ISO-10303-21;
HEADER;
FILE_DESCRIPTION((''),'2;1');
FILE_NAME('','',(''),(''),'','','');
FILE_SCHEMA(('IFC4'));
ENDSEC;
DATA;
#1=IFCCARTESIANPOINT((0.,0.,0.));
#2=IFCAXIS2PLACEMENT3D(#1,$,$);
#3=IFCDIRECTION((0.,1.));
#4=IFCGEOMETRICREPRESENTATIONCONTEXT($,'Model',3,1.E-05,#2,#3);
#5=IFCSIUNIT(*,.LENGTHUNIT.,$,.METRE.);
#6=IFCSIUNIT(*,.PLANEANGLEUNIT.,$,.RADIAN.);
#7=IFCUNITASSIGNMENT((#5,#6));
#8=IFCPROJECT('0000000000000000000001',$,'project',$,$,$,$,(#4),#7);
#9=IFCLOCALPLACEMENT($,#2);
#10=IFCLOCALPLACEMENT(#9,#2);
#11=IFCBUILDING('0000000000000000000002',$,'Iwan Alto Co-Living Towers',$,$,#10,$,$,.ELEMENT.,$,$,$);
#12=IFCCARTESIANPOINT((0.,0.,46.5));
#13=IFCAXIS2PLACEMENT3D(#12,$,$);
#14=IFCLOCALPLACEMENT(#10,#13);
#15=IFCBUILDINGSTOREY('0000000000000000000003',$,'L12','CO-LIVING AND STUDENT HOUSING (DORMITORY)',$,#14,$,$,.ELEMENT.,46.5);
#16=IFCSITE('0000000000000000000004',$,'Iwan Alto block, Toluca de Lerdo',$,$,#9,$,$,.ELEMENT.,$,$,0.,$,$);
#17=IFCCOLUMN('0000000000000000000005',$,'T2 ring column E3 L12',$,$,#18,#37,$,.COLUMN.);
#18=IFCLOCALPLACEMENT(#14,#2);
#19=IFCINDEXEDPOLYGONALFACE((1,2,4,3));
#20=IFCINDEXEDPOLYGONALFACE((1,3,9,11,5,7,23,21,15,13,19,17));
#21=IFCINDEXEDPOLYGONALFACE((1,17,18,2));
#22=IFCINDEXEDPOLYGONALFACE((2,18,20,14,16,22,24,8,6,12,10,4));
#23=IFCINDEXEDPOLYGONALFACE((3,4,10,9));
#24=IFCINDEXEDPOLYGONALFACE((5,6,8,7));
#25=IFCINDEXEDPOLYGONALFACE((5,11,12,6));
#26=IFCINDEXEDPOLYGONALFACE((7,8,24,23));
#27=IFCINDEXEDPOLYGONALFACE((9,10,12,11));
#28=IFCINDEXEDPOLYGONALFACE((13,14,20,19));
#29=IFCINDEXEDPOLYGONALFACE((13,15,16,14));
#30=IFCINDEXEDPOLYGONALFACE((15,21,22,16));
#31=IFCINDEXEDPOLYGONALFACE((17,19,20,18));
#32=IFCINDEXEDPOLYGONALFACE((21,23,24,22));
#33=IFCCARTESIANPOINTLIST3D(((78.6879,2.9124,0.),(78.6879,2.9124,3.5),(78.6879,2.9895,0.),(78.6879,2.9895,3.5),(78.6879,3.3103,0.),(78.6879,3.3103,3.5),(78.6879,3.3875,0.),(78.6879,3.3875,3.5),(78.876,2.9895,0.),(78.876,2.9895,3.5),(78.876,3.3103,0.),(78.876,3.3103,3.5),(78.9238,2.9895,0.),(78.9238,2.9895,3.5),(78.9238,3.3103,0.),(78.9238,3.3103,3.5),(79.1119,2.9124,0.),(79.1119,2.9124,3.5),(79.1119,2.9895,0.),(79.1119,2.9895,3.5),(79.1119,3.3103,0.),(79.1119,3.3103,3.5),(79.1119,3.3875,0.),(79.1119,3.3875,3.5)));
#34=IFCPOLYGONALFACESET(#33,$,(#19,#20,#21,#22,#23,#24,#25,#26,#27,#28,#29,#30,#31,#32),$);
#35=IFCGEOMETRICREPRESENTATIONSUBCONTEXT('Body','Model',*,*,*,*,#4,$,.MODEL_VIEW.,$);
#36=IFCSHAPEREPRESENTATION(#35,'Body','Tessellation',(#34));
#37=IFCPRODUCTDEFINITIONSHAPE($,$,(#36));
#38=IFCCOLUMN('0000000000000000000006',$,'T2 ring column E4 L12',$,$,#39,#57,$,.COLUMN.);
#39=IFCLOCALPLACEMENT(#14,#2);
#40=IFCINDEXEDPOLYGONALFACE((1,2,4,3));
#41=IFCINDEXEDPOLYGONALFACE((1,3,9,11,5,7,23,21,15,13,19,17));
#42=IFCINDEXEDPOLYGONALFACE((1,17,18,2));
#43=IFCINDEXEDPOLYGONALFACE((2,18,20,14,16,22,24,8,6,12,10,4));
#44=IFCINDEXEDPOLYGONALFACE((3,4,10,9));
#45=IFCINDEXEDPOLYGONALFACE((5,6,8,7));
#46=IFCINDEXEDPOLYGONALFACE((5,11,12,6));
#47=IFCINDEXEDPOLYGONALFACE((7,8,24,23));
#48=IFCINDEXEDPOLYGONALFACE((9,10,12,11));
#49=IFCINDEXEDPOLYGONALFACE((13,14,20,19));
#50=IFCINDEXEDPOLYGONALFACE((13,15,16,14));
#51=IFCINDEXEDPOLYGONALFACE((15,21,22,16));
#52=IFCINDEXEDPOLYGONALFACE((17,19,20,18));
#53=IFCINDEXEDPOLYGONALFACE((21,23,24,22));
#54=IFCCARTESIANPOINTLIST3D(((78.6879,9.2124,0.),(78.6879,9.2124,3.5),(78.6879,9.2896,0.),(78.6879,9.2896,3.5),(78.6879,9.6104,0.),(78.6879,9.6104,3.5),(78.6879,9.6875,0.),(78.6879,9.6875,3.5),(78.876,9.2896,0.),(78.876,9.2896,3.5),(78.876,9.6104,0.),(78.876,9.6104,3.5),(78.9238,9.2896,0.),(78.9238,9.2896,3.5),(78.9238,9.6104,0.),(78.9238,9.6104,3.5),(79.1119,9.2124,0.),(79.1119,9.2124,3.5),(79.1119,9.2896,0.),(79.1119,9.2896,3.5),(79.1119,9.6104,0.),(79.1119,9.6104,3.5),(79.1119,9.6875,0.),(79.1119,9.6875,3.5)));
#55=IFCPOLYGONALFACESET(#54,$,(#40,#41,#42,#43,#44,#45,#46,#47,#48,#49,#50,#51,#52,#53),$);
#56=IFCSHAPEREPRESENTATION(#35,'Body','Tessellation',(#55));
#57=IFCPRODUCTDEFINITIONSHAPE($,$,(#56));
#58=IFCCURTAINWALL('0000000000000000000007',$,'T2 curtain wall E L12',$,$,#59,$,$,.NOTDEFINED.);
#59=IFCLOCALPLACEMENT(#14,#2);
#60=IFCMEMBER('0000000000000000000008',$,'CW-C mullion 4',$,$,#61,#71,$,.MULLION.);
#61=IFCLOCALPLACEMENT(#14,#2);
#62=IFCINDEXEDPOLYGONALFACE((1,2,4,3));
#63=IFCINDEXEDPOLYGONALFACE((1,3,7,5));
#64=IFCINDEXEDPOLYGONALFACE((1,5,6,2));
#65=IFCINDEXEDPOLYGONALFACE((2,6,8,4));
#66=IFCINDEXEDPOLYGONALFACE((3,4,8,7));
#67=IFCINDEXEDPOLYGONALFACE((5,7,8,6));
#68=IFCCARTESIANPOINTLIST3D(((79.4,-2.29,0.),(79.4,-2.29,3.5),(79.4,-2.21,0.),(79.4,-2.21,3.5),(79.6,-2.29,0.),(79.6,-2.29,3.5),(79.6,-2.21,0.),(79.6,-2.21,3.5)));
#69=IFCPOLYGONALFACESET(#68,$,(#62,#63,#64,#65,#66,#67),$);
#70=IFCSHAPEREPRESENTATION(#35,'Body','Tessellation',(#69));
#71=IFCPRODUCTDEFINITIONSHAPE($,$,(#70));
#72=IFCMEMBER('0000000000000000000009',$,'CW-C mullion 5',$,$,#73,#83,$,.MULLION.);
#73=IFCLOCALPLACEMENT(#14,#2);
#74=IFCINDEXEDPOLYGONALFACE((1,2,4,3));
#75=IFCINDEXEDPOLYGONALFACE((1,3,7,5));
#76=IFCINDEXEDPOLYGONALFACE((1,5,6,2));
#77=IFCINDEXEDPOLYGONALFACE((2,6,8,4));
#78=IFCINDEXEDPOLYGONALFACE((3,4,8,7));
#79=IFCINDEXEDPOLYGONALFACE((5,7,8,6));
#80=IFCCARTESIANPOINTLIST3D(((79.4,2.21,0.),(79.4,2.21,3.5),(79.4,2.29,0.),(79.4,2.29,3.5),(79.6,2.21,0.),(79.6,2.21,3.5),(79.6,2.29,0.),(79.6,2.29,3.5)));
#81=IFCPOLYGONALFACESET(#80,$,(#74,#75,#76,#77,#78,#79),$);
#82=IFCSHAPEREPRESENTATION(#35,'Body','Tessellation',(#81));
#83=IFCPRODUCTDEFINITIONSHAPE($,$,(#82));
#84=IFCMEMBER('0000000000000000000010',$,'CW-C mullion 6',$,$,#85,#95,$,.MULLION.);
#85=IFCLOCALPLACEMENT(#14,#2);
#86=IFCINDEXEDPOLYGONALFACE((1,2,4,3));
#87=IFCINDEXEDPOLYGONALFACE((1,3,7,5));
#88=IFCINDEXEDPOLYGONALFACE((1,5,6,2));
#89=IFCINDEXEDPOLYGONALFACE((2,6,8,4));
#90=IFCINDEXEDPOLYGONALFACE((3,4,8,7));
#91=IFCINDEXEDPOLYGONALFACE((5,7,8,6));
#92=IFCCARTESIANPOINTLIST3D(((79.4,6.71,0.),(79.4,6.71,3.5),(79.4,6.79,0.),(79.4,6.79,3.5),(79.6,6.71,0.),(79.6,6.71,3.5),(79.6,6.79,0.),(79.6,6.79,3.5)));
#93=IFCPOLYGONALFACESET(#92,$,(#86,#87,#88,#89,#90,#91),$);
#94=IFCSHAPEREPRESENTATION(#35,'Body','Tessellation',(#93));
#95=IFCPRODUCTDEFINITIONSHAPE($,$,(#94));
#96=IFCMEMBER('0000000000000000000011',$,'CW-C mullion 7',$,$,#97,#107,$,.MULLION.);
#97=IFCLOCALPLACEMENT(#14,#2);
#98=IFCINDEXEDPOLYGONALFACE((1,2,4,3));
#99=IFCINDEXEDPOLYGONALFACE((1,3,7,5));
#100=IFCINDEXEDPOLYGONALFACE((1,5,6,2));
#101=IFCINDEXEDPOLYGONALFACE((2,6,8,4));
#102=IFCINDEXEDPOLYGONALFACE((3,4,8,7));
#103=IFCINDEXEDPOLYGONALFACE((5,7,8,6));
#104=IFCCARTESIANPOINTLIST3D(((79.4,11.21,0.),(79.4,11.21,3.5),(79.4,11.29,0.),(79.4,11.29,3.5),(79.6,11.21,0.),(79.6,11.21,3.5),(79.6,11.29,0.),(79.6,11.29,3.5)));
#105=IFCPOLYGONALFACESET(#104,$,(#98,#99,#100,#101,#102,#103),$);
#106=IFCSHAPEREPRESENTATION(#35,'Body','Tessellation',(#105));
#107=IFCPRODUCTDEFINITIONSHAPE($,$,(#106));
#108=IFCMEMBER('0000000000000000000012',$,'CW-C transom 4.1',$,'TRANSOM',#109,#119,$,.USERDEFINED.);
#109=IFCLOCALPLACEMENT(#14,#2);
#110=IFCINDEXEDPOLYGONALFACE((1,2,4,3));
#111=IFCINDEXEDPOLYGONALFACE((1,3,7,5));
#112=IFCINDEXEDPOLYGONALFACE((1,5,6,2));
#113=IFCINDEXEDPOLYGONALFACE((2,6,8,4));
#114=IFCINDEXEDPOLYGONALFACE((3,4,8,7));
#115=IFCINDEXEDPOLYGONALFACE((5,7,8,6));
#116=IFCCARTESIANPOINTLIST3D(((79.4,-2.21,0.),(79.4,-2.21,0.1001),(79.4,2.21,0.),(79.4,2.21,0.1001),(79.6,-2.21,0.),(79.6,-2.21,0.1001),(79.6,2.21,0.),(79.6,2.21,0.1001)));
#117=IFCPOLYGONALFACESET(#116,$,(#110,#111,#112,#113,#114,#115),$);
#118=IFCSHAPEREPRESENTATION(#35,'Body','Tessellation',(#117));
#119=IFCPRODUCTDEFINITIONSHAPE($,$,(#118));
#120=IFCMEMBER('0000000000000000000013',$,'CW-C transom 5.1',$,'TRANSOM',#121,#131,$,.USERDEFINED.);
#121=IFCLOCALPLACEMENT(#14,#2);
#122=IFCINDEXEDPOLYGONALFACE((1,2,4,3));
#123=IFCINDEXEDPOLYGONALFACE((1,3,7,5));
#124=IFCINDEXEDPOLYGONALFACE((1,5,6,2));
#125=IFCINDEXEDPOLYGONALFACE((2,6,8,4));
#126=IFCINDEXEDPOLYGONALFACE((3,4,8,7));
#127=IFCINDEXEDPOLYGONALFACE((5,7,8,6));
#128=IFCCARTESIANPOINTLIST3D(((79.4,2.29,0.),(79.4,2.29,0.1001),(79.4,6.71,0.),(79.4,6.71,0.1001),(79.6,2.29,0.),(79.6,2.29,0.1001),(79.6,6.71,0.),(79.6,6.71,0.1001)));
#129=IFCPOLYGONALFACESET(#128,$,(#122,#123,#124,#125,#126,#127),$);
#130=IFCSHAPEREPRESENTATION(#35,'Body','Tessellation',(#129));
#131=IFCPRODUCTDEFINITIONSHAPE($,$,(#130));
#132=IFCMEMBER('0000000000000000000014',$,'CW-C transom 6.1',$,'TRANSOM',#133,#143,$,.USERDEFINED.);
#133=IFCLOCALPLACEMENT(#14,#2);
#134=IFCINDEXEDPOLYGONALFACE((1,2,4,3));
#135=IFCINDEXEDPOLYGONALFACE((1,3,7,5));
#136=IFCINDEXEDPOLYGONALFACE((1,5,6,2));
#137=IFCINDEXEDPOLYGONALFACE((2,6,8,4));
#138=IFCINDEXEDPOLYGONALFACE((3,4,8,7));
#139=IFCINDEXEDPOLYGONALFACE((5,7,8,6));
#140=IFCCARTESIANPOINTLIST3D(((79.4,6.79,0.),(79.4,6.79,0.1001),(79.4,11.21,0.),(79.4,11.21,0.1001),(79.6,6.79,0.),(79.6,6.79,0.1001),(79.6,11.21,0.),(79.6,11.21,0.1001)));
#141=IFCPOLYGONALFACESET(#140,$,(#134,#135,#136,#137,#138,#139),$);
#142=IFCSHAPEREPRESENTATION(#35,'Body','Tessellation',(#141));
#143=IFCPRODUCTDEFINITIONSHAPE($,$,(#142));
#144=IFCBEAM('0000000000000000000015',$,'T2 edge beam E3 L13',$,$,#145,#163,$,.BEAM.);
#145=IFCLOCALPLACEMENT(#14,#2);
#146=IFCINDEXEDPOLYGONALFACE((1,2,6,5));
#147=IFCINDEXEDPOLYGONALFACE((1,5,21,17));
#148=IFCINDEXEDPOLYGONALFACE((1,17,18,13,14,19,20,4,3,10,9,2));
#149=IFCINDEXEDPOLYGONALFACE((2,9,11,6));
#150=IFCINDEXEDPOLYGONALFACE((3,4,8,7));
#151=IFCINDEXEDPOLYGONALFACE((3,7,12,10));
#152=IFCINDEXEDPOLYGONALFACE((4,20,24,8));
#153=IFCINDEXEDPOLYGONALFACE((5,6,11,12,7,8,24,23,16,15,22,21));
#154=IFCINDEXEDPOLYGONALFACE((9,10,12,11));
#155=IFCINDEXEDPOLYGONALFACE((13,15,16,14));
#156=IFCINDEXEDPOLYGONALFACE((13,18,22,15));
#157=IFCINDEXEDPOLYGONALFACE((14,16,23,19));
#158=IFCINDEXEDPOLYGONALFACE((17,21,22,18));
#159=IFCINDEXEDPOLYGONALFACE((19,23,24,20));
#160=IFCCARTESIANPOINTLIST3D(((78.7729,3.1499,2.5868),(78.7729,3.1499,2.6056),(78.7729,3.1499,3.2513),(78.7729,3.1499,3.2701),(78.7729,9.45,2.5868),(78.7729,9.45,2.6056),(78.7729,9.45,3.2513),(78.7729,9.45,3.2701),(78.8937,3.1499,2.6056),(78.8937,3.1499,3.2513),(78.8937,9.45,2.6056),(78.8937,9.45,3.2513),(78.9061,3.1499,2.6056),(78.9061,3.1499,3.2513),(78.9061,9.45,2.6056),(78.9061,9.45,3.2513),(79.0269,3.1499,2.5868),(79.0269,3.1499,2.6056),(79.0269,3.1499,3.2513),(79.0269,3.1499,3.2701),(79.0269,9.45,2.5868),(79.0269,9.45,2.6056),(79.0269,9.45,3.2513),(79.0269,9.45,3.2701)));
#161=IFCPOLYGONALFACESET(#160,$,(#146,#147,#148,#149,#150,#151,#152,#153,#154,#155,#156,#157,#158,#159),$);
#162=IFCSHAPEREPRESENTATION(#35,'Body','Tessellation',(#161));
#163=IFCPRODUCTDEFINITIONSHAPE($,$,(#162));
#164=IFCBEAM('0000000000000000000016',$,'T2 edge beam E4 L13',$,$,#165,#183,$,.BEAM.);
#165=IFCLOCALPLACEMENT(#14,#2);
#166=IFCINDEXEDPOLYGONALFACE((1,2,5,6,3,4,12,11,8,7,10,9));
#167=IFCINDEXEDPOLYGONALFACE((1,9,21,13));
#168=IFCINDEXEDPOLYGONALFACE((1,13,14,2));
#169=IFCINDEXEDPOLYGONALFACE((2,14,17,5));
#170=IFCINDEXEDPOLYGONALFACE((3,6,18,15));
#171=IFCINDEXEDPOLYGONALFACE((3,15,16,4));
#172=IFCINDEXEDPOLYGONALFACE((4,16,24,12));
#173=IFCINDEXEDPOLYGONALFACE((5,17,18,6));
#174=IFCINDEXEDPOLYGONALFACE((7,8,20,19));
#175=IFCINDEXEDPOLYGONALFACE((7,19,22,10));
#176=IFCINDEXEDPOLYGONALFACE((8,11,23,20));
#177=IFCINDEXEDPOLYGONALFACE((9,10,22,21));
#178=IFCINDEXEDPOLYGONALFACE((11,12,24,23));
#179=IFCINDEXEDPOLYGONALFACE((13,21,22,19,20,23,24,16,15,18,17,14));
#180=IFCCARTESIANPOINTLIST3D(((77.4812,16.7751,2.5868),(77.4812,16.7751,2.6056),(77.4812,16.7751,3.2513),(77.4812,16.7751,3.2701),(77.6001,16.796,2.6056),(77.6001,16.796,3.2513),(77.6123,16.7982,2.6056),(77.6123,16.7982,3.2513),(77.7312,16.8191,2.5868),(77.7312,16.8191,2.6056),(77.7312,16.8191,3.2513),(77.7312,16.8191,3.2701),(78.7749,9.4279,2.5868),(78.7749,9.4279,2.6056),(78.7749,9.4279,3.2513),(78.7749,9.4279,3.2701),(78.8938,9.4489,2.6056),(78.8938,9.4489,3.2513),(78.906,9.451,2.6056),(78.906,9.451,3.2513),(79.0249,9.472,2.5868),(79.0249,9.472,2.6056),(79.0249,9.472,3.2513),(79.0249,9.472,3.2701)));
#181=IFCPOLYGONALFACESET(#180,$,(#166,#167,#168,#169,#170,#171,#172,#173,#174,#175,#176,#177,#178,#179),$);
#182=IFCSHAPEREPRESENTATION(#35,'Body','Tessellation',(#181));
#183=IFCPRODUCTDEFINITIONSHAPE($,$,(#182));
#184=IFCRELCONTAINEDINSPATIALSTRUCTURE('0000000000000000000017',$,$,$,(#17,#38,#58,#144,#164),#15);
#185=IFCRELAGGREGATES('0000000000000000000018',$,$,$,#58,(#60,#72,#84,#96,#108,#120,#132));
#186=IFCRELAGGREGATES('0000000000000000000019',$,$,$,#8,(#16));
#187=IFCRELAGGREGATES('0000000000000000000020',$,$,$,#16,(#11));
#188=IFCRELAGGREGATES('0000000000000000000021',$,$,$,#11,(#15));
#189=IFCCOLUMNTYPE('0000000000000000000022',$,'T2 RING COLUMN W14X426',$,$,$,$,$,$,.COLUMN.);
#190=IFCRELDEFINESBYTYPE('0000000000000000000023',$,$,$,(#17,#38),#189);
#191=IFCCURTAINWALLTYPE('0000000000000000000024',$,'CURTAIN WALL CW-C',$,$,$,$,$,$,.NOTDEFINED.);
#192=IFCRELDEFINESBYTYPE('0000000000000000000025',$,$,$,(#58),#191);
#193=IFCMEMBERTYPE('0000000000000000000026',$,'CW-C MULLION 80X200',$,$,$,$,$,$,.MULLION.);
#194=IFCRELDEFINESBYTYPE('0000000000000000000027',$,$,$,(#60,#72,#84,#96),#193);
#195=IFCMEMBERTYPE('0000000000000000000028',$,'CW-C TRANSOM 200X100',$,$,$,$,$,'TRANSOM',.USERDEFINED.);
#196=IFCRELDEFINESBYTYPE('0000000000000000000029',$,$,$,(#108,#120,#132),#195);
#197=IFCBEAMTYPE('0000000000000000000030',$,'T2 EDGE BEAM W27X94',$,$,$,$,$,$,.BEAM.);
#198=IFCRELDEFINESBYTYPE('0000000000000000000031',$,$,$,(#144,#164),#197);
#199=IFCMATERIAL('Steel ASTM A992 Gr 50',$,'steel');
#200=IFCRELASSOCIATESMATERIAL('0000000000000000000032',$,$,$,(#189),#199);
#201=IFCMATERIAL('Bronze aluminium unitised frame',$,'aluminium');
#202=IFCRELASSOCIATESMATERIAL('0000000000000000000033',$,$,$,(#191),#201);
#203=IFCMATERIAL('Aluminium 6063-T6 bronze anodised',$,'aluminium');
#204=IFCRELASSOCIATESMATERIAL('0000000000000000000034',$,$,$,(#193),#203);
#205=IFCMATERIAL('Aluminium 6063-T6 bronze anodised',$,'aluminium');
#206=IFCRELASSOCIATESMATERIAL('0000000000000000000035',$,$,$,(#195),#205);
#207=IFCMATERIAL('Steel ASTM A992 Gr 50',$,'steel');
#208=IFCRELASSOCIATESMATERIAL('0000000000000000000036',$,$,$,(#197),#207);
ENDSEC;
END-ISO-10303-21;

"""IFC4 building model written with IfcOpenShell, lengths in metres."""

from ifc_helpers import new_model, si_unit, direction, frame, origin, origin_2d, place, context, subcontext, project, spatial, rectangle, i_section, extrude, material, material_profile, profile_set, type_object, element, aggregate, save


model = new_model("IFC4")

# Units and contexts
model_context = context("Model", 3, precision=1e-05, world=origin(), true_north=direction((0.0, 1.0)))
body_context = subcontext(model_context, "Body", "Model", "MODEL_VIEW")
ifc_project = project(units=[si_unit("LENGTHUNIT", "METRE"), si_unit("PLANEANGLEUNIT", "RADIAN")], contexts=[model_context])

# Site, building, storey
site_placement = place(None, origin())
site = spatial("IfcSite", under=ifc_project, at=site_placement, Name="Iwan Alto block, Toluca de Lerdo", CompositionType="ELEMENT", RefElevation=0.0)
building_placement = place(site_placement, origin())
building = spatial("IfcBuilding", under=site, at=building_placement, Name="Iwan Alto Co-Living Towers", CompositionType="ELEMENT")
storey_placement = place(building_placement, frame((0.0, 0.0, 46.5)))
storey = spatial("IfcBuildingStorey", under=building, at=storey_placement, Name="L12", Description="CO-LIVING AND STUDENT HOUSING (DORMITORY)", CompositionType="ELEMENT", Elevation=46.5)

# Columns
ifc_material_1 = material(Name="Steel ASTM A992 Gr 50", Category="steel")
ifc_material_profile_1 = material_profile(ifc_material_1, i_section(OverallWidth=0.4241, OverallDepth=0.4751, WebThickness=0.0479, FlangeThickness=0.0771, at=origin_2d()), Name="W14X426")
ifc_profile_set_1 = profile_set([ifc_material_profile_1], Name="Steel ASTM A992 Gr 50")
column_type = type_object("IfcColumnType", Name="T2 RING COLUMN W14X426", PredefinedType="COLUMN", material=ifc_profile_set_1)
for number, where, z_axis, x_axis, name in (
    (1, (78.8999, 3.1499, 0.0), (0.0, 0.0, 1.0), (1.0, 0.0, 0.0), "T2 ring column E3 L12"),
    (2, (78.8999, 9.45, 0.0), (0.0, 0.0, 1.0), (1.0, 0.0, 0.0), "T2 ring column E4 L12"),
):
    element("IfcColumn", number, at=place(storey_placement, frame(where, z_axis=z_axis, x_axis=x_axis)), inside=storey, type_object=column_type, Name=name, PredefinedType="COLUMN", context=body_context, shape_type="SweptSolid", body=[
        extrude(i_section(OverallWidth=0.4241, OverallDepth=0.4751, WebThickness=0.0479, FlangeThickness=0.0771, at=origin_2d()), origin(), (0.0, 0.0, 1.0), 3.5),
    ])

# Curtain wall, members
ifc_material_2 = material(Name="Bronze aluminium unitised frame", Category="aluminium")
curtain_wall_type = type_object("IfcCurtainWallType", Name="CURTAIN WALL CW-C", PredefinedType="NOTDEFINED", material=ifc_material_2)
curtain_wall_placement = place(storey_placement, origin())
curtain_wall = element("IfcCurtainWall", 3, at=curtain_wall_placement, inside=storey, type_object=curtain_wall_type, Name="T2 curtain wall E L12", PredefinedType="NOTDEFINED")
ifc_material_3 = material(Name="Aluminium 6063-T6 bronze anodised", Category="aluminium")
ifc_material_profile_2 = material_profile(ifc_material_3, rectangle(XDim=0.2, YDim=0.0801, at=origin_2d()), Name="AL 80X200")
ifc_profile_set_2 = profile_set([ifc_material_profile_2], Name="Aluminium 6063-T6 bronze anodised")
member_type_1 = type_object("IfcMemberType", Name="CW-C MULLION 80X200", PredefinedType="MULLION", material=ifc_profile_set_2)
member_1_placement = place(storey_placement, frame((79.5, -2.25, 0.0), z_axis=(0.0, 0.0, 1.0), x_axis=(-1.0, 0.0, 0.0)))
member_1 = element("IfcMember", 4, at=member_1_placement, type_object=member_type_1, Name="CW-C mullion 4", PredefinedType="MULLION", context=body_context, shape_type="SweptSolid", body=[
    extrude(rectangle(XDim=0.2, YDim=0.0801, at=origin_2d()), origin(), (0.0, 0.0, 1.0), 3.5),
])
member_2_placement = place(storey_placement, frame((79.5, 2.25, 0.0), z_axis=(0.0, 0.0, 1.0), x_axis=(-1.0, 0.0, 0.0)))
member_2 = element("IfcMember", 5, at=member_2_placement, type_object=member_type_1, Name="CW-C mullion 5", PredefinedType="MULLION", context=body_context, shape_type="SweptSolid", body=[
    extrude(rectangle(XDim=0.2, YDim=0.0801, at=origin_2d()), origin(), (0.0, 0.0, 1.0), 3.5),
])
member_3_placement = place(storey_placement, frame((79.5, 6.75, 0.0), z_axis=(0.0, 0.0, 1.0), x_axis=(-1.0, 0.0, 0.0)))
member_3 = element("IfcMember", 6, at=member_3_placement, type_object=member_type_1, Name="CW-C mullion 6", PredefinedType="MULLION", context=body_context, shape_type="SweptSolid", body=[
    extrude(rectangle(XDim=0.2, YDim=0.0801, at=origin_2d()), origin(), (0.0, 0.0, 1.0), 3.5),
])
member_4_placement = place(storey_placement, frame((79.5, 11.25, 0.0), z_axis=(0.0, 0.0, 1.0), x_axis=(-1.0, 0.0, 0.0)))
member_4 = element("IfcMember", 7, at=member_4_placement, type_object=member_type_1, Name="CW-C mullion 7", PredefinedType="MULLION", context=body_context, shape_type="SweptSolid", body=[
    extrude(rectangle(XDim=0.2, YDim=0.0801, at=origin_2d()), origin(), (0.0, 0.0, 1.0), 3.5),
])
ifc_material_4 = material(Name="Aluminium 6063-T6 bronze anodised", Category="aluminium")
ifc_material_profile_3 = material_profile(ifc_material_4, rectangle(XDim=0.2, YDim=0.1001, at=origin_2d()), Name="AL 200X100")
ifc_profile_set_3 = profile_set([ifc_material_profile_3], Name="Aluminium 6063-T6 bronze anodised")
member_type_2 = type_object("IfcMemberType", Name="CW-C TRANSOM 200X100", ElementType="TRANSOM", PredefinedType="USERDEFINED", material=ifc_profile_set_3)
member_5_placement = place(storey_placement, frame((79.5, -2.21, 0.05), z_axis=(0.0, 1.0, 0.0), x_axis=(-1.0, 0.0, 0.0)))
member_5 = element("IfcMember", 8, at=member_5_placement, type_object=member_type_2, Name="CW-C transom 4.1", ObjectType="TRANSOM", PredefinedType="USERDEFINED", context=body_context, shape_type="SweptSolid", body=[
    extrude(rectangle(XDim=0.2, YDim=0.1001, at=origin_2d()), origin(), (0.0, 0.0, 1.0), 4.4199),
])
member_6_placement = place(storey_placement, frame((79.5, 2.29, 0.05), z_axis=(0.0, 1.0, 0.0), x_axis=(-1.0, 0.0, 0.0)))
member_6 = element("IfcMember", 9, at=member_6_placement, type_object=member_type_2, Name="CW-C transom 5.1", ObjectType="TRANSOM", PredefinedType="USERDEFINED", context=body_context, shape_type="SweptSolid", body=[
    extrude(rectangle(XDim=0.2, YDim=0.1001, at=origin_2d()), origin(), (0.0, 0.0, 1.0), 4.4199),
])
member_7_placement = place(storey_placement, frame((79.5, 6.79, 0.05), z_axis=(0.0, 1.0, 0.0), x_axis=(-1.0, 0.0, 0.0)))
member_7 = element("IfcMember", 10, at=member_7_placement, type_object=member_type_2, Name="CW-C transom 6.1", ObjectType="TRANSOM", PredefinedType="USERDEFINED", context=body_context, shape_type="SweptSolid", body=[
    extrude(rectangle(XDim=0.2, YDim=0.1001, at=origin_2d()), origin(), (0.0, 0.0, 1.0), 4.4199),
])

# Beams
ifc_material_5 = material(Name="Steel ASTM A992 Gr 50", Category="steel")
ifc_material_profile_4 = material_profile(ifc_material_5, i_section(OverallWidth=0.2539, OverallDepth=0.6833, WebThickness=0.0125, FlangeThickness=0.0188, at=origin_2d()), Name="W27X94")
ifc_profile_set_4 = profile_set([ifc_material_profile_4], Name="Steel ASTM A992 Gr 50")
beam_type_1 = type_object("IfcBeamType", Name="T2 EDGE BEAM W27X94", PredefinedType="BEAM", material=ifc_profile_set_4)
beam_1_placement = place(storey_placement, frame((78.8999, 3.1499, 2.9285), z_axis=(0.0, 1.0, 0.0), x_axis=(-1.0, 0.0, 0.0)))
element("IfcBeam", 11, at=beam_1_placement, inside=storey, type_object=beam_type_1, Name="T2 edge beam E3 L13", PredefinedType="BEAM", context=body_context, shape_type="SweptSolid", body=[
    extrude(i_section(OverallWidth=0.2539, OverallDepth=0.6833, WebThickness=0.0125, FlangeThickness=0.0188, at=origin_2d()), origin(), (0.0, 0.0, 1.0), 6.3),
])
beam_2_placement = place(storey_placement, frame((78.8999, 9.45, 2.9285), z_axis=(-0.173414, 0.984849, 0.0), x_axis=(-0.984849, -0.173414, 0.0)))
element("IfcBeam", 12, at=beam_2_placement, inside=storey, type_object=beam_type_1, Name="T2 edge beam E4 L13", PredefinedType="BEAM", context=body_context, shape_type="SweptSolid", body=[
    extrude(i_section(OverallWidth=0.2539, OverallDepth=0.6833, WebThickness=0.0125, FlangeThickness=0.0188, at=origin_2d()), origin(), (0.0, 0.0, 1.0), 7.4602),
])

aggregate(curtain_wall, [member_1, member_2, member_3, member_4, member_5, member_6, member_7])

save(model, "model.ifc")
